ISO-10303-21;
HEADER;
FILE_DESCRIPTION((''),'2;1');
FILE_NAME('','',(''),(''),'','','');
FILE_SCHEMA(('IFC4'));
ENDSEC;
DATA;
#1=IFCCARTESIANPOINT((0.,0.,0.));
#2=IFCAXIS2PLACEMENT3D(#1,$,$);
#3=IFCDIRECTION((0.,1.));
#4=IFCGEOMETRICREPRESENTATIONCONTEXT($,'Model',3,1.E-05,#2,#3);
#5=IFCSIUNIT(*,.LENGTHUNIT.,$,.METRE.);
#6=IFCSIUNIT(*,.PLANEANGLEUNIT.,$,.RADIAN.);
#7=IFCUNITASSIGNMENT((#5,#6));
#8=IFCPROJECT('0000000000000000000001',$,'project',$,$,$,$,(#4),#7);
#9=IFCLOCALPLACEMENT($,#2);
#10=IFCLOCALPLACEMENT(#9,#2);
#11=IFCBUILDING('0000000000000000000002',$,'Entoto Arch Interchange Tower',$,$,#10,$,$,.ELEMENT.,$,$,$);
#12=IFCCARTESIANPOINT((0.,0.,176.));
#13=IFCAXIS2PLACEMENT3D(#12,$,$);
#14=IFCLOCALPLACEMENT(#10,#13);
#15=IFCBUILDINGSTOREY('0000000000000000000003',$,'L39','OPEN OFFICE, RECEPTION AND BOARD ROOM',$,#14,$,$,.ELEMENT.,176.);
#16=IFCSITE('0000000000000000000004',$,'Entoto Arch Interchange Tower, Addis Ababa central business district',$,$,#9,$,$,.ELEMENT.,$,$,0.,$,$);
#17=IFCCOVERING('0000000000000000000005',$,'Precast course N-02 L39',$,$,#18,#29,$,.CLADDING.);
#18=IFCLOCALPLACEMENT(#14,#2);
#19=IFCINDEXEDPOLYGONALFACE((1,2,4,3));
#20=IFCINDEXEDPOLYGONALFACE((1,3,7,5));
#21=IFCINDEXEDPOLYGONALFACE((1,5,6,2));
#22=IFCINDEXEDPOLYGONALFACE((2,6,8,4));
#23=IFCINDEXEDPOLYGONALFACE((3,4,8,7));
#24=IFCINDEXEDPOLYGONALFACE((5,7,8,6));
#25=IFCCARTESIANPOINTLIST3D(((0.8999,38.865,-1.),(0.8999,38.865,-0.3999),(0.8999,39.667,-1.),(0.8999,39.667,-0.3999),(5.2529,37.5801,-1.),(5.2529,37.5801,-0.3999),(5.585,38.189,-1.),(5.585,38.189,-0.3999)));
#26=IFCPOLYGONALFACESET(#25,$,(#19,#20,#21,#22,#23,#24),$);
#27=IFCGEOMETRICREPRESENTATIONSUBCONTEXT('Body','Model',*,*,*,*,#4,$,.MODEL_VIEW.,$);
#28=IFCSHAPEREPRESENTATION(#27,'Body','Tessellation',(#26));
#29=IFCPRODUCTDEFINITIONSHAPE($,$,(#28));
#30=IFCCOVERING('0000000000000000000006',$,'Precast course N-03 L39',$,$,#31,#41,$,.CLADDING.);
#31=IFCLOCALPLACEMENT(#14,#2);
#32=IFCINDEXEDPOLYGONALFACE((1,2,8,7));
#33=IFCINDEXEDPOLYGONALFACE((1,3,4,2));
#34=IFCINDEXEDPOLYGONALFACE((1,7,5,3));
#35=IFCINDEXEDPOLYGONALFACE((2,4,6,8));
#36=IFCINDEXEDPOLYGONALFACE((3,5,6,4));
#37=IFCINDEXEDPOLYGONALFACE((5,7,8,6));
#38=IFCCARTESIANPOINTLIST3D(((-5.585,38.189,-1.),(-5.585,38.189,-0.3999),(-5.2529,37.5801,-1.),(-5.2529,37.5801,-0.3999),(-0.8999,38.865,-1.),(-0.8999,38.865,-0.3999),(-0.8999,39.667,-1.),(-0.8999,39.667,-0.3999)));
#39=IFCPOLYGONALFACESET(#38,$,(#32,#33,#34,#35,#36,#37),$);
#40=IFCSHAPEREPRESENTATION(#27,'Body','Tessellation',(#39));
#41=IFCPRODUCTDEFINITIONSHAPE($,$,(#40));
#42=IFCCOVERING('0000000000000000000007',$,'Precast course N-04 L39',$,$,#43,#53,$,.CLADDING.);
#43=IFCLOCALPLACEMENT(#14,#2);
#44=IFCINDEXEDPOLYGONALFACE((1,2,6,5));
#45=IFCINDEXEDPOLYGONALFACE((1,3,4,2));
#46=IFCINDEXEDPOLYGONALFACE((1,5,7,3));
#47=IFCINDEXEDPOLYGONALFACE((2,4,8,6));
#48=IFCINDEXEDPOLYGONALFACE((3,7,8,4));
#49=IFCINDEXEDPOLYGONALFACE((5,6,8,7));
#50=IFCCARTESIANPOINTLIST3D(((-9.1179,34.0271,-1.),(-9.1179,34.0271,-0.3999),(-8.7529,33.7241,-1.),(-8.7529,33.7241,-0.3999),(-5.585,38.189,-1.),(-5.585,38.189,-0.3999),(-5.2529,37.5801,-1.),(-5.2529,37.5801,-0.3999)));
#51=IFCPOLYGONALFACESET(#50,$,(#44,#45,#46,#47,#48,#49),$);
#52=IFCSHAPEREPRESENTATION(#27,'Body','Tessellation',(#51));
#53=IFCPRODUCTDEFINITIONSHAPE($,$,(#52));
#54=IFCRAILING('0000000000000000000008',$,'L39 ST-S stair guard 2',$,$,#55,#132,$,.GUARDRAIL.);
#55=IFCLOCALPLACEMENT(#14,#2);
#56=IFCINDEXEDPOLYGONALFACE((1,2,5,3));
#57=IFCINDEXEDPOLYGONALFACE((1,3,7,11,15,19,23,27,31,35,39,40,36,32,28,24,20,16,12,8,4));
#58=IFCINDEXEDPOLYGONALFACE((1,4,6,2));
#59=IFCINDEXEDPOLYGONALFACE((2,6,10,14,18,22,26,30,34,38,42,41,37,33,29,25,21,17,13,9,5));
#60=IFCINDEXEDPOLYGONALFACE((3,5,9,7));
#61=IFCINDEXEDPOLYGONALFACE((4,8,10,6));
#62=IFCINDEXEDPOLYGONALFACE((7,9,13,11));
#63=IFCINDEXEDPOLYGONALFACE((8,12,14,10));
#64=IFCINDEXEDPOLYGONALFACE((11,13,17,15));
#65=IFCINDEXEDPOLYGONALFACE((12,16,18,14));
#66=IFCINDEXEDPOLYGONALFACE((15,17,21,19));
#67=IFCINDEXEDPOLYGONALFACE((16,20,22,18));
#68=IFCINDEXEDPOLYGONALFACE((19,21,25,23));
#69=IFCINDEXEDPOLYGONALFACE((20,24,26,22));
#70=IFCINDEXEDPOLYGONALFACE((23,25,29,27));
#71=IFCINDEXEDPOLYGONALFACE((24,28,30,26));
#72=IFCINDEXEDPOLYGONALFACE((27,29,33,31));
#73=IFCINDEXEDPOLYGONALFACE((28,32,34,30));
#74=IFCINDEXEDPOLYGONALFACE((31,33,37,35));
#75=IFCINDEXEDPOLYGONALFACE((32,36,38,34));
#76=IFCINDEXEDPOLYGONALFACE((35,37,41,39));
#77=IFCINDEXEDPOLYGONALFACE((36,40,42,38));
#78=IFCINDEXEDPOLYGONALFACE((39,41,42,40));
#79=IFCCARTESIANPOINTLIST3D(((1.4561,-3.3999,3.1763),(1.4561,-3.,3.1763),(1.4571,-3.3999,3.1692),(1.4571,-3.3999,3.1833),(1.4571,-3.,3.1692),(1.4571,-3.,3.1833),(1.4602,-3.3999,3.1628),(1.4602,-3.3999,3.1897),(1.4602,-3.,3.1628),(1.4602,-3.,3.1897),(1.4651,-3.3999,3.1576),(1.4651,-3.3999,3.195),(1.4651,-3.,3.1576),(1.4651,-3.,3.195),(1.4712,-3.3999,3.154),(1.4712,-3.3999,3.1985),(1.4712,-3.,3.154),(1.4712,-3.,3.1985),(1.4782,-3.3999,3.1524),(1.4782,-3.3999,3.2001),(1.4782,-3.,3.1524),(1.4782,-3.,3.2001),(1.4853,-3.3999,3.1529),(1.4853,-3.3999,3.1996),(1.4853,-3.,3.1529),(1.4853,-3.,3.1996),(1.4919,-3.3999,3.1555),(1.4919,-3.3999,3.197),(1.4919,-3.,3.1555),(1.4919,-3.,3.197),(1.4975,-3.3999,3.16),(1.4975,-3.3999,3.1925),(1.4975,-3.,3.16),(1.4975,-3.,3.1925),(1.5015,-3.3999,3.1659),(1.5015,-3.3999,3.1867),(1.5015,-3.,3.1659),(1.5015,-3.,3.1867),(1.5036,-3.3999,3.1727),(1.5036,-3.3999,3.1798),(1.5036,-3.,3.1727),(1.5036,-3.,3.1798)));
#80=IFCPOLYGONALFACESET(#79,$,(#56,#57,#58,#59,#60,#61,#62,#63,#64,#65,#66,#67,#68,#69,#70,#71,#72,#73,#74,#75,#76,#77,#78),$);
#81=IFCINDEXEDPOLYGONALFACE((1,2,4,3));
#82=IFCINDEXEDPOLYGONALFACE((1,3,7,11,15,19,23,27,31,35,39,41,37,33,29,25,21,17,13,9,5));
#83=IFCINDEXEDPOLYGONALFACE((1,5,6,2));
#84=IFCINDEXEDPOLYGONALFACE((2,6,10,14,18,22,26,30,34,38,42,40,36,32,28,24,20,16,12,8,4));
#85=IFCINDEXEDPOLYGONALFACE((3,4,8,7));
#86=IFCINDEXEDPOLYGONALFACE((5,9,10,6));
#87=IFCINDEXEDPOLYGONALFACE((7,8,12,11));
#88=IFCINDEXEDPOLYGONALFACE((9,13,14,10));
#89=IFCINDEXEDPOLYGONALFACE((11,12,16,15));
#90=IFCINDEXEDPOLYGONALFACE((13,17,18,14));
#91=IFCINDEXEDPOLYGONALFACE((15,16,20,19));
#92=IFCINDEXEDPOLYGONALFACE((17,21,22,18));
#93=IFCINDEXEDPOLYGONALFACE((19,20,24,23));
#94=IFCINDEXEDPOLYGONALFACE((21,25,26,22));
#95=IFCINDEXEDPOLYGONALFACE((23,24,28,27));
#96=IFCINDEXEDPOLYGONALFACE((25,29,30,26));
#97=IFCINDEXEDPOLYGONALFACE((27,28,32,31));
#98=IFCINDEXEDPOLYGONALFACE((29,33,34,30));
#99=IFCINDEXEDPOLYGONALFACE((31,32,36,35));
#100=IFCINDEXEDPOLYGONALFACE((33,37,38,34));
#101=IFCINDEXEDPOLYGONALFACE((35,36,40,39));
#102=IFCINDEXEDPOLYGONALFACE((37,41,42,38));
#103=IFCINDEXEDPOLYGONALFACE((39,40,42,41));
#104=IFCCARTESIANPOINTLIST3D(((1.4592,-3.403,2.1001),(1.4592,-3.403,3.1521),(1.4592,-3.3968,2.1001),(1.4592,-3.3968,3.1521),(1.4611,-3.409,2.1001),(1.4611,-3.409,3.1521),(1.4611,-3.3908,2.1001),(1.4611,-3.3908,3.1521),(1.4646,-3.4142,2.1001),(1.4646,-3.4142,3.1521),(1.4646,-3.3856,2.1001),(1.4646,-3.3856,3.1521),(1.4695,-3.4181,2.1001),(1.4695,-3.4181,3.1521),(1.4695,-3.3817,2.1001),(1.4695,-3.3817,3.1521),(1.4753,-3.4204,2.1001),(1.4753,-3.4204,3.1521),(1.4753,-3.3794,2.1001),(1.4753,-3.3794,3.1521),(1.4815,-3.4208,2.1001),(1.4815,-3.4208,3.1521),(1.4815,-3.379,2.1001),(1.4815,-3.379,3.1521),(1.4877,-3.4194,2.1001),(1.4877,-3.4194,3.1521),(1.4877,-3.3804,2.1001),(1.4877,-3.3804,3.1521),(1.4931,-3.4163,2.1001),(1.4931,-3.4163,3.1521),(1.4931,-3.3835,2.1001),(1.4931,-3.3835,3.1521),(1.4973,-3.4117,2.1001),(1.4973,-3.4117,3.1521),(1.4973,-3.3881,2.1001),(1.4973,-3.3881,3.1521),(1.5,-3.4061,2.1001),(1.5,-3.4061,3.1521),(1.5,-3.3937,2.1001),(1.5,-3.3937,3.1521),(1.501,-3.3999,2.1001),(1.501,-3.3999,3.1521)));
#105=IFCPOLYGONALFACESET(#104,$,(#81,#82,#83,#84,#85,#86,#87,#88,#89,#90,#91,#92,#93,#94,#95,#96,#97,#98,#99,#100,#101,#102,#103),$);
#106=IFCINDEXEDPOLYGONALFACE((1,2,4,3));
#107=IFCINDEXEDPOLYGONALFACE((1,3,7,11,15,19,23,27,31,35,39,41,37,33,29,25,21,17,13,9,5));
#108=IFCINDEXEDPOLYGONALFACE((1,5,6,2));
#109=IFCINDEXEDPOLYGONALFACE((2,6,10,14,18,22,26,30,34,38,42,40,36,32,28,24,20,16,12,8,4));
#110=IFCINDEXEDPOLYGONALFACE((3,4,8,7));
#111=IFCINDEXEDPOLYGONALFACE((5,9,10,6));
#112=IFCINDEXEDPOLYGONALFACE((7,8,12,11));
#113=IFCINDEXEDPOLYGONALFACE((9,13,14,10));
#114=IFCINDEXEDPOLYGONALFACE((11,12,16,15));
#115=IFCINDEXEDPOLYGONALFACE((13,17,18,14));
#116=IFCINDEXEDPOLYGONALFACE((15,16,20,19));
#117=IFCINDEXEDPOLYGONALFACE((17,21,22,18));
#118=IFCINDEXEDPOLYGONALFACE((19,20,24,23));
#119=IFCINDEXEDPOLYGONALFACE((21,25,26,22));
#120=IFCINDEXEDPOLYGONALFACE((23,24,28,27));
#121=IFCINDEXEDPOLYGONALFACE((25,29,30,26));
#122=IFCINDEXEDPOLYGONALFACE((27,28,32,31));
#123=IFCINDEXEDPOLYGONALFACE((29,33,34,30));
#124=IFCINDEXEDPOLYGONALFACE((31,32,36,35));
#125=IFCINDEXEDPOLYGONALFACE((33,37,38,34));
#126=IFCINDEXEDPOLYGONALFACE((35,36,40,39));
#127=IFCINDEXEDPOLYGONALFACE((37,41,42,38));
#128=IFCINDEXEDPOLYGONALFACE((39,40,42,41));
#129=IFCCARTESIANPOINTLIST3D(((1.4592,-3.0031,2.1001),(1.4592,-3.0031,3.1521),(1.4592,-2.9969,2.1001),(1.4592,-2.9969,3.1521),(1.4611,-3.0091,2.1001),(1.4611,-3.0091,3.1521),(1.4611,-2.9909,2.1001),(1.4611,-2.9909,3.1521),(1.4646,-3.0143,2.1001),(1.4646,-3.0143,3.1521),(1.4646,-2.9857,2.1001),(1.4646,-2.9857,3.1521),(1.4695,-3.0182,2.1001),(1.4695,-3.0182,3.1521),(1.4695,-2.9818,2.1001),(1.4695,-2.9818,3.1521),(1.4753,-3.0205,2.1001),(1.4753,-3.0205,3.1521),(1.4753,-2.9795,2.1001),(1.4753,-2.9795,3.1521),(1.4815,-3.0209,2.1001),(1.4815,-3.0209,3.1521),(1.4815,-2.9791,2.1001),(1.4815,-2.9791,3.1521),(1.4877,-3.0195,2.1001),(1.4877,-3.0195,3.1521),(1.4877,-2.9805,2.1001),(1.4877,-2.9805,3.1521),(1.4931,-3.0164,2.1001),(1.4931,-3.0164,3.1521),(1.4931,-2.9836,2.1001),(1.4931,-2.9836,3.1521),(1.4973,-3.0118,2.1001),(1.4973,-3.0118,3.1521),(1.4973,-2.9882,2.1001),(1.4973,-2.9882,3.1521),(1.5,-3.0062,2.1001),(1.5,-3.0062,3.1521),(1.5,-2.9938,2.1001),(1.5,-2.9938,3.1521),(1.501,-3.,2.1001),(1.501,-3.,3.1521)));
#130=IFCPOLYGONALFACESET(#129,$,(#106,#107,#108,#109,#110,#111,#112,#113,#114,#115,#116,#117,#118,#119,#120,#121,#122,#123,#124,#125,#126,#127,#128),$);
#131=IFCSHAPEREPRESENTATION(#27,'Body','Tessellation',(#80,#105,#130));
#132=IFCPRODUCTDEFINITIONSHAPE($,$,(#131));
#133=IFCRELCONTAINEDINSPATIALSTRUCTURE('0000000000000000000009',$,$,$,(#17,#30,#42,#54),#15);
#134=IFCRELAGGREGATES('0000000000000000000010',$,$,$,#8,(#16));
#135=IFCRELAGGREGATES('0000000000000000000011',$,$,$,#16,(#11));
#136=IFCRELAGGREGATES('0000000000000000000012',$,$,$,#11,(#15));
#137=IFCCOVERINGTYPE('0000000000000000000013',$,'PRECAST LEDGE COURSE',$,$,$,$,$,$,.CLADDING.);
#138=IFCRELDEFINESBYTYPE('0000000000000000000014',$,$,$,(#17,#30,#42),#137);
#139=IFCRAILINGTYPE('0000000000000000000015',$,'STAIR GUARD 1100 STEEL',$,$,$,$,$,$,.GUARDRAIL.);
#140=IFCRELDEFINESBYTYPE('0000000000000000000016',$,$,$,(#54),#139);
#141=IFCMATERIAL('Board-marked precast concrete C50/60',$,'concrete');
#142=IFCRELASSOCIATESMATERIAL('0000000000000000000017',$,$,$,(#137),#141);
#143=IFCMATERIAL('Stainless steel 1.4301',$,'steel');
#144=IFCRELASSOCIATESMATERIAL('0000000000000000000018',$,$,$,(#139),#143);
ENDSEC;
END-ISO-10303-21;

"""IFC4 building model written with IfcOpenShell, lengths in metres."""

from ifc_helpers import new_model, si_unit, direction, frame, origin, origin_2d, place, context, subcontext, project, spatial, polyline, circle, outline, extrude, material, type_object, element, save


model = new_model("IFC4")

# Units and contexts
model_context = context("Model", 3, precision=1e-05, world=origin(), true_north=direction((0.0, 1.0)))
body_context = subcontext(model_context, "Body", "Model", "MODEL_VIEW")
ifc_project = project(units=[si_unit("LENGTHUNIT", "METRE"), si_unit("PLANEANGLEUNIT", "RADIAN")], contexts=[model_context])

# Site, building, storey
site_placement = place(None, origin())
site = spatial("IfcSite", under=ifc_project, at=site_placement, Name="Entoto Arch Interchange Tower, Addis Ababa central business district", CompositionType="ELEMENT", RefElevation=0.0)
building_placement = place(site_placement, origin())
building = spatial("IfcBuilding", under=site, at=building_placement, Name="Entoto Arch Interchange Tower", CompositionType="ELEMENT")
storey_placement = place(building_placement, frame((0.0, 0.0, 176.0)))
storey = spatial("IfcBuildingStorey", under=building, at=storey_placement, Name="L39", Description="OPEN OFFICE, RECEPTION AND BOARD ROOM", CompositionType="ELEMENT", Elevation=176.0)

# Coverings
ifc_material_1 = material(Name="Board-marked precast concrete C50/60", Category="concrete")
covering_type = type_object("IfcCoveringType", Name="PRECAST LEDGE COURSE", PredefinedType="CLADDING", material=ifc_material_1)
covering_1_placement = place(storey_placement, frame((0.0, 0.0, -1.0)))
element("IfcCovering", 1, at=covering_1_placement, inside=storey, type_object=covering_type, Name="Precast course N-02 L39", PredefinedType="CLADDING", context=body_context, shape_type="SweptSolid", body=[
    extrude(outline(polyline([(0.8999, 38.865), (0.8999, 39.667), (5.585, 38.189), (5.2529, 37.5801), (0.8999, 38.865)])), origin(), (0.0, 0.0, 1.0), 0.6001),
])
covering_2_placement = place(storey_placement, frame((0.0, 0.0, -1.0)))
element("IfcCovering", 2, at=covering_2_placement, inside=storey, type_object=covering_type, Name="Precast course N-03 L39", PredefinedType="CLADDING", context=body_context, shape_type="SweptSolid", body=[
    extrude(outline(polyline([(-5.2529, 37.5801), (-5.585, 38.189), (-0.8999, 39.667), (-0.8999, 38.865), (-5.2529, 37.5801)])), origin(), (0.0, 0.0, 1.0), 0.6001),
])
covering_3_placement = place(storey_placement, frame((0.0, 0.0, -1.0)))
element("IfcCovering", 3, at=covering_3_placement, inside=storey, type_object=covering_type, Name="Precast course N-04 L39", PredefinedType="CLADDING", context=body_context, shape_type="SweptSolid", body=[
    extrude(outline(polyline([(-8.7529, 33.7241), (-9.1179, 34.0271), (-5.585, 38.189), (-5.2529, 37.5801), (-8.7529, 33.7241)])), origin(), (0.0, 0.0, 1.0), 0.6001),
])

# Railing
ifc_material_2 = material(Name="Stainless steel 1.4301", Category="steel")
railing_type_1 = type_object("IfcRailingType", Name="STAIR GUARD 1100 STEEL", PredefinedType="GUARDRAIL", material=ifc_material_2)
railing_1_placement = place(storey_placement, frame((1.48, -3.3999, 2.1001)))
element("IfcRailing", 4, at=railing_1_placement, inside=storey, type_object=railing_type_1, Name="L39 ST-S stair guard 2", PredefinedType="GUARDRAIL", context=body_context, shape_type="SweptSolid", body=[
    extrude(circle(Radius=0.0239, at=origin_2d()), frame((0.0, 0.0, 1.0762), z_axis=(0.0, 1.0, 0.0), x_axis=(-1.0, 0.0, 0.0)), (0.0, 0.0, 1.0), 0.3999),
    extrude(circle(Radius=0.021, at=origin_2d()), origin(), (0.0, 0.0, 1.0), 1.052),
    extrude(circle(Radius=0.021, at=origin_2d()), frame((0.0, 0.3999, 0.0)), (0.0, 0.0, 1.0), 1.052),
])

save(model, "model.ifc")
